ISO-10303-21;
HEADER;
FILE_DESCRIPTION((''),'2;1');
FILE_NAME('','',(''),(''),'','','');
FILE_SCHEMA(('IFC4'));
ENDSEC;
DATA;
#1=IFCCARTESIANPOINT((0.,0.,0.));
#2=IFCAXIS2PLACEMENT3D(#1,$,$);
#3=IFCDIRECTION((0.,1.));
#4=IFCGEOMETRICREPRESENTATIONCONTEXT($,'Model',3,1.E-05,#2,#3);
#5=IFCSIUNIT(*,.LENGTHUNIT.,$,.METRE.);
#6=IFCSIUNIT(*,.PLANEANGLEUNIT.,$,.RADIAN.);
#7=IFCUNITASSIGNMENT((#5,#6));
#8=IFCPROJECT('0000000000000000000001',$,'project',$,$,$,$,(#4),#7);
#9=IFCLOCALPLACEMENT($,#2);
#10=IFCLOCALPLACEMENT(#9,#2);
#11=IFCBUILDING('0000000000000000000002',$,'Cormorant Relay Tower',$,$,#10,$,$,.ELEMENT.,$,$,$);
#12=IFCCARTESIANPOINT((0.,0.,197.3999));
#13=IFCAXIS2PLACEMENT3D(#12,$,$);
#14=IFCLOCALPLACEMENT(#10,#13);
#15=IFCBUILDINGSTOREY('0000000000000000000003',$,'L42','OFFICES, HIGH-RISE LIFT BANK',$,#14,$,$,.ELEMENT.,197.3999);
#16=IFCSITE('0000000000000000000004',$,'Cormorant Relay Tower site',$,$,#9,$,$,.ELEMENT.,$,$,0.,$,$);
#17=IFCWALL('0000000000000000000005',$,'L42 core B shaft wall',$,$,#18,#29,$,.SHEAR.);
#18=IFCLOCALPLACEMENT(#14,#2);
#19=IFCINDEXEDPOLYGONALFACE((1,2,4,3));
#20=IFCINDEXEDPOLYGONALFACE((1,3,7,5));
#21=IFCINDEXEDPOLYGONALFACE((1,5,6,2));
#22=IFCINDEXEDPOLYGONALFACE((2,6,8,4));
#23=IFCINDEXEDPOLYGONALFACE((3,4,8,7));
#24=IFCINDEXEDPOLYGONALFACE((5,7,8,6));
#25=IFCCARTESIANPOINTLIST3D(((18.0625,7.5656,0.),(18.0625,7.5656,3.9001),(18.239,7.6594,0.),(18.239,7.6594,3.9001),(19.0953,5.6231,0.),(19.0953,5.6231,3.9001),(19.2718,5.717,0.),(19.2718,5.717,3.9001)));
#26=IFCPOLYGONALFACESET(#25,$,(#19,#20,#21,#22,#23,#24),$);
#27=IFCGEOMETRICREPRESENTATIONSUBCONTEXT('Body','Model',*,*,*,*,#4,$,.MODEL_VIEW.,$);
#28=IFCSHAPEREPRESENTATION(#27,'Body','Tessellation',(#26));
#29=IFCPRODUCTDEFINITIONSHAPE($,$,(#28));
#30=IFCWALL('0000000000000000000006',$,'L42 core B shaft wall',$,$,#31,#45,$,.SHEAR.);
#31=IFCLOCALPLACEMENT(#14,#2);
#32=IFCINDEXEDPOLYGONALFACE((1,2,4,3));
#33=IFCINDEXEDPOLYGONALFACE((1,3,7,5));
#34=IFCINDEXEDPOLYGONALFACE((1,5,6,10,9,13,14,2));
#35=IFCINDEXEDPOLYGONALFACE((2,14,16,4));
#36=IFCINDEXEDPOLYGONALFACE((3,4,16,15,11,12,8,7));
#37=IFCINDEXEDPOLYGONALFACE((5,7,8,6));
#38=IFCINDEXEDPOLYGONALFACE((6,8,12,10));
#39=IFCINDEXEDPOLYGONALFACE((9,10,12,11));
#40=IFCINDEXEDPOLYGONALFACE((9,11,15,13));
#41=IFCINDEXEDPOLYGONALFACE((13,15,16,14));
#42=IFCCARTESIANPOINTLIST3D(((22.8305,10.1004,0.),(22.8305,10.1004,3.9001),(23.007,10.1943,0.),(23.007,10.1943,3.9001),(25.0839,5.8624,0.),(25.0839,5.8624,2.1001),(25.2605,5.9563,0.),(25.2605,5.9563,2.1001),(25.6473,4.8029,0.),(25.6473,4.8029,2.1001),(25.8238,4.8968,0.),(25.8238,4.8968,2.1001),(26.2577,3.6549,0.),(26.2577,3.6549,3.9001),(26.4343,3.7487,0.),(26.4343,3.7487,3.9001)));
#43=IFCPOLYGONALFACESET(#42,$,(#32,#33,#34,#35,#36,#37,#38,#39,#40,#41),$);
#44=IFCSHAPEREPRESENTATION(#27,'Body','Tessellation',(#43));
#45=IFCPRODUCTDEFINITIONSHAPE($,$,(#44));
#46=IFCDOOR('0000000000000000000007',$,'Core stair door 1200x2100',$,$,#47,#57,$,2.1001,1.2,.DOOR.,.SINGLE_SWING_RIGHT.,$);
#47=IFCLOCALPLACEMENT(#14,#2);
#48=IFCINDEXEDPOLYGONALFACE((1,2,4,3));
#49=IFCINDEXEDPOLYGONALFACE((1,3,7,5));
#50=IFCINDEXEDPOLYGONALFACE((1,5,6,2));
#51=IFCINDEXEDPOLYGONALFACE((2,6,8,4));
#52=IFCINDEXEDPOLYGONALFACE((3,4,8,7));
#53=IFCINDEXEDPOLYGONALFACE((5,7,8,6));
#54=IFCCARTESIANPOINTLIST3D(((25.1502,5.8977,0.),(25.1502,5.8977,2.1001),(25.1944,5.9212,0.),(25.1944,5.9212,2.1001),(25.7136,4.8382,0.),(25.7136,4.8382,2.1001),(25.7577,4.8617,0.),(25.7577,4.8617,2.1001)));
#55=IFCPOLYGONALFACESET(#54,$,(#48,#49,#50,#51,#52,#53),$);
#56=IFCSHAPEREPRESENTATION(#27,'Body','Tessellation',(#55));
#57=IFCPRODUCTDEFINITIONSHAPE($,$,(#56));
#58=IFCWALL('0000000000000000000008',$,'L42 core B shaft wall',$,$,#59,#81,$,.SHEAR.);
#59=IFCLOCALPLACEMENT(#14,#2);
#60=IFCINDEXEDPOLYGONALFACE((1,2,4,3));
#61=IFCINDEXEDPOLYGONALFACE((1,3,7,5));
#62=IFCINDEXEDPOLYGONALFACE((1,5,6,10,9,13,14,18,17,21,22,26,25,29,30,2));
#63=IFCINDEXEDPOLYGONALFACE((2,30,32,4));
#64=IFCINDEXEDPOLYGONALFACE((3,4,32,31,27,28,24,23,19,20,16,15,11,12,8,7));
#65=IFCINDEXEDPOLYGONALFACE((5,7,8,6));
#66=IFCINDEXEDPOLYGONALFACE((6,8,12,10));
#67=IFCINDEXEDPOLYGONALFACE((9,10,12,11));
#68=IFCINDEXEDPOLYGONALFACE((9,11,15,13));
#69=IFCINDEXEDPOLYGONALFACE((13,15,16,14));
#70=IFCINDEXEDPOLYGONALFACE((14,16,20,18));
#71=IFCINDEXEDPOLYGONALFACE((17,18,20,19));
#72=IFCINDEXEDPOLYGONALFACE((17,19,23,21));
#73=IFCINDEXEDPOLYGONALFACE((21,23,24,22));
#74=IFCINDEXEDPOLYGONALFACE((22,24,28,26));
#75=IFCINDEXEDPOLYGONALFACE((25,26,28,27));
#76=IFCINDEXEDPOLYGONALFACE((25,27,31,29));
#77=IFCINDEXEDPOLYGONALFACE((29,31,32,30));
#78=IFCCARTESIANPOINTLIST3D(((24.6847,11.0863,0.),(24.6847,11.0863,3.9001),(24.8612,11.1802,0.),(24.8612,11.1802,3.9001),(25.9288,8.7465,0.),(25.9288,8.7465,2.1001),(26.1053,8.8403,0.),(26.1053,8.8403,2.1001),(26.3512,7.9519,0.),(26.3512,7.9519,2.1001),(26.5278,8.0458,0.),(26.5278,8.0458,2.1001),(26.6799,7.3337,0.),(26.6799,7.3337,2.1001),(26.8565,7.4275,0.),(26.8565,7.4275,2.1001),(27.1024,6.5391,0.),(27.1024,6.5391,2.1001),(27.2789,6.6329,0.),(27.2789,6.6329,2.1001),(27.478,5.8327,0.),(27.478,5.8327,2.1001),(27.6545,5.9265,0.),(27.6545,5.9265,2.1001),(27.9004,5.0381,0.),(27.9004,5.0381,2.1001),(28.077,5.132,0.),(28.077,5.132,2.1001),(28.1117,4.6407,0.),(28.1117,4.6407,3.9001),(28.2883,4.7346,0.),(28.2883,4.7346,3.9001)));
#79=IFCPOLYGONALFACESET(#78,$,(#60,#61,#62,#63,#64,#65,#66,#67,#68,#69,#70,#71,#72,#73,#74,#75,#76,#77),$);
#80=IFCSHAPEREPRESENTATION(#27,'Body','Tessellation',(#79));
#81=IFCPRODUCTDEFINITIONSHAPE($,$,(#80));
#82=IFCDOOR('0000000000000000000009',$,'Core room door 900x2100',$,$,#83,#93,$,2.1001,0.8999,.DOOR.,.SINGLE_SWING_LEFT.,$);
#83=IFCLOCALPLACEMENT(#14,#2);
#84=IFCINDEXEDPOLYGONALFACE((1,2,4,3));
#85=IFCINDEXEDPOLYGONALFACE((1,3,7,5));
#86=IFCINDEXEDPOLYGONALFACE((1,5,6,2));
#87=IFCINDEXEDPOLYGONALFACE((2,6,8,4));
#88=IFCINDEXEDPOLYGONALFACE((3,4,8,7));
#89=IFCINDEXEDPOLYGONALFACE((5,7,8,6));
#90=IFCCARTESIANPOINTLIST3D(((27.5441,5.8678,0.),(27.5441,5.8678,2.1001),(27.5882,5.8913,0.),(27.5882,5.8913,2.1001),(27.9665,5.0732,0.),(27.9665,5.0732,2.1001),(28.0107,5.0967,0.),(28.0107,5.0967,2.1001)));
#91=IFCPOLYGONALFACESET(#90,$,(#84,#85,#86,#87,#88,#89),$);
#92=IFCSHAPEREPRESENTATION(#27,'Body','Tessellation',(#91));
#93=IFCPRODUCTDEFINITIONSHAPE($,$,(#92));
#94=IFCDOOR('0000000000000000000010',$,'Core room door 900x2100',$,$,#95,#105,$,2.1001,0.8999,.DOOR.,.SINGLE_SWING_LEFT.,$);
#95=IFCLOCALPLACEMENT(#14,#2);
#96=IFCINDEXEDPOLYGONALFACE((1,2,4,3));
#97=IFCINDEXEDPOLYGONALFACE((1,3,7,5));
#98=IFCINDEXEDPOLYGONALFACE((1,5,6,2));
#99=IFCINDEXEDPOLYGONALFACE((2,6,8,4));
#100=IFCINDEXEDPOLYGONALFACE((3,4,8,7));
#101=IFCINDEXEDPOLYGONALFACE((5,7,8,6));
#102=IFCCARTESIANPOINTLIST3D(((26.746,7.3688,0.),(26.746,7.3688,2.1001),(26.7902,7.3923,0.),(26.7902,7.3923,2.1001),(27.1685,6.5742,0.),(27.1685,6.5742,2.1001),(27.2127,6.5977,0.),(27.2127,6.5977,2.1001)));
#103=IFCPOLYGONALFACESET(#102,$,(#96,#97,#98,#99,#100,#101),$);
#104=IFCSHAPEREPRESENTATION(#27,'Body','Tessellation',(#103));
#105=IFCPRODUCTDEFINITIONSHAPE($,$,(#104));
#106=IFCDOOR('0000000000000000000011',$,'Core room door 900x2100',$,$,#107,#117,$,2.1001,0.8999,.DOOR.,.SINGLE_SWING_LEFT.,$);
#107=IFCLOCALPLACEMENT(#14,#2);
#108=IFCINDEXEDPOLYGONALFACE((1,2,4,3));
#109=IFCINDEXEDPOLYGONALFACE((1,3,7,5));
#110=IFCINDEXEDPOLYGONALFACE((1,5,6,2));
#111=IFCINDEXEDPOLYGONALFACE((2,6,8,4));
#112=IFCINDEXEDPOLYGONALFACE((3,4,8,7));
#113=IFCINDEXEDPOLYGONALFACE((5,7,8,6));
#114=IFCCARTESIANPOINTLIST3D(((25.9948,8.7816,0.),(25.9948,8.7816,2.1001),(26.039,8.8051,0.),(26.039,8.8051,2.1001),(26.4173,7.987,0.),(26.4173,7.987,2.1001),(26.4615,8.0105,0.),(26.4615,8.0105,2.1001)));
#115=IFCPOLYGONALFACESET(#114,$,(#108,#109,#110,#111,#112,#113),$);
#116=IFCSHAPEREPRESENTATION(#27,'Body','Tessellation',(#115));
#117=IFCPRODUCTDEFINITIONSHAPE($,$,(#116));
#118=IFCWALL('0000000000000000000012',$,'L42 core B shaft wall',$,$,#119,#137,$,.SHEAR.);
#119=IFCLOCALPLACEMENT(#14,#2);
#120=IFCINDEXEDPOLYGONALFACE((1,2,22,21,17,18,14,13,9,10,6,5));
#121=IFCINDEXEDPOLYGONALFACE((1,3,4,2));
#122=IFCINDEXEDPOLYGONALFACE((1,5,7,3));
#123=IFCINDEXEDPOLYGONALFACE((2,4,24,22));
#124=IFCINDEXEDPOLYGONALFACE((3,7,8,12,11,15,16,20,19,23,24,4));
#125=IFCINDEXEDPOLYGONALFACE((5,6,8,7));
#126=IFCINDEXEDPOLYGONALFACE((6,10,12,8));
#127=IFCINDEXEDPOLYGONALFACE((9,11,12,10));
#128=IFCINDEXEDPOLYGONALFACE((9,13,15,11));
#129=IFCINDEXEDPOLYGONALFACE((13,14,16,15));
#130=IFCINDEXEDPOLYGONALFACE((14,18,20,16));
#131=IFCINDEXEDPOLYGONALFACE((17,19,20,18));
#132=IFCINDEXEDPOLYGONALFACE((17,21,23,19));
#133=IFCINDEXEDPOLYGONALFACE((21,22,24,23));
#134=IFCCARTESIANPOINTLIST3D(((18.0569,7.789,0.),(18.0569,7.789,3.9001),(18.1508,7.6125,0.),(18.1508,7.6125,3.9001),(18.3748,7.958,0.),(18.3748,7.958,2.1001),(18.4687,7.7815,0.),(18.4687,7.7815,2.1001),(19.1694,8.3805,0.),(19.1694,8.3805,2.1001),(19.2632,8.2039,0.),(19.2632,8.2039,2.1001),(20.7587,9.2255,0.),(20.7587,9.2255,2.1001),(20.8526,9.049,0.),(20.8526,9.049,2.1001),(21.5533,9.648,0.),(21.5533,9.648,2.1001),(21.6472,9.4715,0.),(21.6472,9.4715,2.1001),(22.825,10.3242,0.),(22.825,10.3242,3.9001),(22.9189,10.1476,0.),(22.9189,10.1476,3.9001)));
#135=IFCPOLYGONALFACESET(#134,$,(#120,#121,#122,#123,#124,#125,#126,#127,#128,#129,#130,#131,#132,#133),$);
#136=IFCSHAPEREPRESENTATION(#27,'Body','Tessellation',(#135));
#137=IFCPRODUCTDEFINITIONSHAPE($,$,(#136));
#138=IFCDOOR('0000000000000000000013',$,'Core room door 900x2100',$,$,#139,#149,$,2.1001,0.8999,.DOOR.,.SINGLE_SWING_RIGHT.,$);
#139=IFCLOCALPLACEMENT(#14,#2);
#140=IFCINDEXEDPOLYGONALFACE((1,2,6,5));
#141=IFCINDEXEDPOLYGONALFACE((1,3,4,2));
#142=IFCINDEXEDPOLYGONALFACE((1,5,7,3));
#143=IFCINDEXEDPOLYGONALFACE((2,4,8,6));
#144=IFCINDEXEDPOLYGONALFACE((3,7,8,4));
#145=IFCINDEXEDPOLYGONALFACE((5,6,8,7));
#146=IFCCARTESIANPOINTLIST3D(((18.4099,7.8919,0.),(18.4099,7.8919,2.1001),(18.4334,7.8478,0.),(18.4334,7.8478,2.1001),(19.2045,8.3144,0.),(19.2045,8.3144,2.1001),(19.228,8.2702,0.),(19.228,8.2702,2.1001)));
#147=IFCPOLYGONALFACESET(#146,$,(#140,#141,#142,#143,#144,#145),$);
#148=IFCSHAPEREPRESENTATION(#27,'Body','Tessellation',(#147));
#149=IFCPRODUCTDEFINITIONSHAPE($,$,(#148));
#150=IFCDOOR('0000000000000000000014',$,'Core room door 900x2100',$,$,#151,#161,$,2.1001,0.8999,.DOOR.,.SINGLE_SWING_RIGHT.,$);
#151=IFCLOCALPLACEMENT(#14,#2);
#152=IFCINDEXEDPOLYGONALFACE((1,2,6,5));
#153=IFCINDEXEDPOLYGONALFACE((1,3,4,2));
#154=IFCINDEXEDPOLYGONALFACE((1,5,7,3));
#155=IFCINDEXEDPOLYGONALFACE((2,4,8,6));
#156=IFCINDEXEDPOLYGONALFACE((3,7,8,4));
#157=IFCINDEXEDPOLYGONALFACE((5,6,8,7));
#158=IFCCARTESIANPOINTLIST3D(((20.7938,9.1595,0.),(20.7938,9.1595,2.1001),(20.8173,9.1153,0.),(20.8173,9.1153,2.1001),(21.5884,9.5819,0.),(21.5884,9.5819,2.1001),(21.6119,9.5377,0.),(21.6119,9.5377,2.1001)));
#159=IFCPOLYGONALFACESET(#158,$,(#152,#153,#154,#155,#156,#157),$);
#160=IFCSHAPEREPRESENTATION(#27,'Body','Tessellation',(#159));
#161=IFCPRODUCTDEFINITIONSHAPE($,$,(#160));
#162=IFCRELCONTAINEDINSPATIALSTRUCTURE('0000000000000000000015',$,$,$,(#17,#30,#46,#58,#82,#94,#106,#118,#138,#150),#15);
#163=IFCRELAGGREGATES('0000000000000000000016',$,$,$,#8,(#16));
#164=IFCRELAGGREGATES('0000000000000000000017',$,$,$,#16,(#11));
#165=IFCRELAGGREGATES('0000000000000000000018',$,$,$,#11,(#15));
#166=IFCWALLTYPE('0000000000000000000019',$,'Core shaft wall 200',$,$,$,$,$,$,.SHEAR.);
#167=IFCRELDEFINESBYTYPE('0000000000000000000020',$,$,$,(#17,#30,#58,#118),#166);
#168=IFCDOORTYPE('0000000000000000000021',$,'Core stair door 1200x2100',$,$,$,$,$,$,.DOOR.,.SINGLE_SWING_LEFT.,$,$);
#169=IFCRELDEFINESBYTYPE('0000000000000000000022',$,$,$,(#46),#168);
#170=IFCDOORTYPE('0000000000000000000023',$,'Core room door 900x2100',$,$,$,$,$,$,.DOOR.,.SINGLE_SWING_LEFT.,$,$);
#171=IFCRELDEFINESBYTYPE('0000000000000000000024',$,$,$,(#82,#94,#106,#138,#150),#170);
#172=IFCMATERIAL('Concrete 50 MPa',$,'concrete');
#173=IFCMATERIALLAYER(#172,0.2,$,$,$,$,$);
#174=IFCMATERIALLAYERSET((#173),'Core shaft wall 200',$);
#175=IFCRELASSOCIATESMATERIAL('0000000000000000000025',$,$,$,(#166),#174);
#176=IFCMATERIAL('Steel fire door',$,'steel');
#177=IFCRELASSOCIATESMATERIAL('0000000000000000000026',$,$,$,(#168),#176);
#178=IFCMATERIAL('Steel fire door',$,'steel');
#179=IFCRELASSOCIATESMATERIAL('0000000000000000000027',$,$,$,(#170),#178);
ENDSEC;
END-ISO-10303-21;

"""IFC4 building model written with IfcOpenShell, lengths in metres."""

from ifc_helpers import new_model, si_unit, direction, frame, frame_2d, origin, place, context, subcontext, project, spatial, rectangle, extrude, material, layer, layer_set, type_object, element, fill, save


model = new_model("IFC4")

# Units and contexts
model_context = context("Model", 3, precision=1e-05, world=origin(), true_north=direction((0.0, 1.0)))
body_context = subcontext(model_context, "Body", "Model", "MODEL_VIEW")
ifc_project = project(units=[si_unit("LENGTHUNIT", "METRE"), si_unit("PLANEANGLEUNIT", "RADIAN")], contexts=[model_context])

# Site, building, storey
site_placement = place(None, origin())
site = spatial("IfcSite", under=ifc_project, at=site_placement, Name="Cormorant Relay Tower site", CompositionType="ELEMENT", RefElevation=0.0)
building_placement = place(site_placement, origin())
building = spatial("IfcBuilding", under=site, at=building_placement, Name="Cormorant Relay Tower", CompositionType="ELEMENT")
storey_placement = place(building_placement, frame((0.0, 0.0, 197.3999)))
storey = spatial("IfcBuildingStorey", under=building, at=storey_placement, Name="L42", Description="OFFICES, HIGH-RISE LIFT BANK", CompositionType="ELEMENT", Elevation=197.3999)

# Wall
ifc_material_1 = material(Name="Concrete 50 MPa", Category="concrete")
ifc_layer_1 = layer(ifc_material_1, 0.2)
ifc_layer_set_1 = layer_set([ifc_layer_1], Name="Core shaft wall 200")
wall_type_1 = type_object("IfcWallType", Name="Core shaft wall 200", PredefinedType="SHEAR", material=ifc_layer_set_1)
wall_1_placement = place(storey_placement, frame((19.1836, 5.6699, 0.0), z_axis=(0.0, 0.0, 1.0), x_axis=(-0.469447, 0.88296, 0.0)))
element("IfcWall", 1, at=wall_1_placement, inside=storey, type_object=wall_type_1, Name="L42 core B shaft wall", PredefinedType="SHEAR", context=body_context, shape_type="SweptSolid", body=[
    extrude(rectangle(XDim=2.2, YDim=0.2, at=frame_2d((1.1001, 0.0))), origin(), (0.0, 0.0, 1.0), 3.9001),
])

# Wall, opening, door
wall_2_placement = place(storey_placement, frame((26.3459, 3.7019, 0.0), z_axis=(0.0, 0.0, 1.0), x_axis=(-0.46948, 0.882943, 0.0)))
wall_2 = element("IfcWall", 2, at=wall_2_placement, inside=storey, type_object=wall_type_1, Name="L42 core B shaft wall", PredefinedType="SHEAR", context=body_context, shape_type="SweptSolid", body=[
    extrude(rectangle(XDim=7.3, YDim=0.2, at=frame_2d((3.6499, 0.0))), origin(), (0.0, 0.0, 1.0), 3.9001),
])
opening_1_placement = place(wall_2_placement, frame((1.3, 0.0, 0.0)))
opening_1 = element("IfcOpeningElement", 3, at=opening_1_placement, cuts=wall_2, PredefinedType="OPENING", context=body_context, shape_type="SweptSolid", body=[
    extrude(rectangle(XDim=1.2, YDim=2.1001, at=frame_2d((0.6001, 1.05))), frame((0.0, 0.1099, 0.0), z_axis=(0.0, -1.0, 0.0), x_axis=(1.0, 0.0, 0.0)), (0.0, 0.0, 1.0), 0.22),
])
ifc_material_2 = material(Name="Steel fire door", Category="steel")
door_type_1 = type_object("IfcDoorType", Name="Core stair door 1200x2100", OperationType="SINGLE_SWING_LEFT", PredefinedType="DOOR", material=ifc_material_2)
door_1_placement = place(opening_1_placement, origin())
door_1 = element("IfcDoor", 4, at=door_1_placement, inside=storey, type_object=door_type_1, Name="Core stair door 1200x2100", OperationType="SINGLE_SWING_RIGHT", OverallHeight=2.1001, OverallWidth=1.2, PredefinedType="DOOR", context=body_context, shape_type="SweptSolid", body=[
    extrude(rectangle(XDim=1.2, YDim=2.1001, at=frame_2d((0.6001, 1.05))), frame((0.0, 0.0249, 0.0), z_axis=(0.0, -1.0, 0.0), x_axis=(1.0, 0.0, 0.0)), (0.0, 0.0, 1.0), 0.05),
])
fill(opening_1, door_1)

# Walls, openings, doors
wall_3_placement = place(storey_placement, frame((28.2, 4.6877, 0.0), z_axis=(0.0, 0.0, 1.0), x_axis=(-0.469454, 0.882957, 0.0)))
wall_3 = element("IfcWall", 5, at=wall_3_placement, inside=storey, type_object=wall_type_1, Name="L42 core B shaft wall", PredefinedType="SHEAR", context=body_context, shape_type="SweptSolid", body=[
    extrude(rectangle(XDim=7.3, YDim=0.2, at=frame_2d((3.6499, 0.0))), origin(), (0.0, 0.0, 1.0), 3.9001),
])
opening_2_placement = place(wall_3_placement, frame((0.45, 0.0, 0.0)))
opening_2 = element("IfcOpeningElement", 6, at=opening_2_placement, cuts=wall_3, PredefinedType="OPENING", context=body_context, shape_type="SweptSolid", body=[
    extrude(rectangle(XDim=0.8999, YDim=2.1001, at=frame_2d((0.45, 1.05))), frame((0.0, 0.1099, 0.0), z_axis=(0.0, -1.0, 0.0), x_axis=(1.0, 0.0, 0.0)), (0.0, 0.0, 1.0), 0.22),
])
opening_3_placement = place(wall_3_placement, frame((2.1499, 0.0, 0.0)))
opening_3 = element("IfcOpeningElement", 7, at=opening_3_placement, cuts=wall_3, PredefinedType="OPENING", context=body_context, shape_type="SweptSolid", body=[
    extrude(rectangle(XDim=0.8999, YDim=2.1001, at=frame_2d((0.45, 1.05))), frame((0.0, 0.1099, 0.0), z_axis=(0.0, -1.0, 0.0), x_axis=(1.0, 0.0, 0.0)), (0.0, 0.0, 1.0), 0.22),
])
opening_4_placement = place(wall_3_placement, frame((3.75, 0.0, 0.0)))
opening_4 = element("IfcOpeningElement", 8, at=opening_4_placement, cuts=wall_3, PredefinedType="OPENING", context=body_context, shape_type="SweptSolid", body=[
    extrude(rectangle(XDim=0.8999, YDim=2.1001, at=frame_2d((0.45, 1.05))), frame((0.0, 0.1099, 0.0), z_axis=(0.0, -1.0, 0.0), x_axis=(1.0, 0.0, 0.0)), (0.0, 0.0, 1.0), 0.22),
])
ifc_material_3 = material(Name="Steel fire door", Category="steel")
door_type_2 = type_object("IfcDoorType", Name="Core room door 900x2100", OperationType="SINGLE_SWING_LEFT", PredefinedType="DOOR", material=ifc_material_3)
door_2_placement = place(opening_2_placement, frame((0.8999, 0.0, 0.0), z_axis=(0.0, 0.0, 1.0), x_axis=(-1.0, 0.0, 0.0)))
door_2 = element("IfcDoor", 9, at=door_2_placement, inside=storey, type_object=door_type_2, Name="Core room door 900x2100", OperationType="SINGLE_SWING_LEFT", OverallHeight=2.1001, OverallWidth=0.8999, PredefinedType="DOOR", context=body_context, shape_type="SweptSolid", body=[
    extrude(rectangle(XDim=0.8999, YDim=2.1001, at=frame_2d((0.45, 1.05))), frame((0.0, 0.0249, 0.0), z_axis=(0.0, -1.0, 0.0), x_axis=(1.0, 0.0, 0.0)), (0.0, 0.0, 1.0), 0.05),
])
fill(opening_2, door_2)
door_3_placement = place(opening_3_placement, frame((0.8999, 0.0, 0.0), z_axis=(0.0, 0.0, 1.0), x_axis=(-1.0, 0.0, 0.0)))
door_3 = element("IfcDoor", 10, at=door_3_placement, inside=storey, type_object=door_type_2, Name="Core room door 900x2100", OperationType="SINGLE_SWING_LEFT", OverallHeight=2.1001, OverallWidth=0.8999, PredefinedType="DOOR", context=body_context, shape_type="SweptSolid", body=[
    extrude(rectangle(XDim=0.8999, YDim=2.1001, at=frame_2d((0.45, 1.05))), frame((0.0, 0.0249, 0.0), z_axis=(0.0, -1.0, 0.0), x_axis=(1.0, 0.0, 0.0)), (0.0, 0.0, 1.0), 0.05),
])
fill(opening_3, door_3)
door_4_placement = place(opening_4_placement, frame((0.8999, 0.0, 0.0), z_axis=(0.0, 0.0, 1.0), x_axis=(-1.0, 0.0, 0.0)))
door_4 = element("IfcDoor", 11, at=door_4_placement, inside=storey, type_object=door_type_2, Name="Core room door 900x2100", OperationType="SINGLE_SWING_LEFT", OverallHeight=2.1001, OverallWidth=0.8999, PredefinedType="DOOR", context=body_context, shape_type="SweptSolid", body=[
    extrude(rectangle(XDim=0.8999, YDim=2.1001, at=frame_2d((0.45, 1.05))), frame((0.0, 0.0249, 0.0), z_axis=(0.0, -1.0, 0.0), x_axis=(1.0, 0.0, 0.0)), (0.0, 0.0, 1.0), 0.05),
])
fill(opening_4, door_4)
wall_4_placement = place(storey_placement, frame((18.1038, 7.7007, 0.0), z_axis=(0.0, 0.0, 1.0), x_axis=(0.882953, 0.469462, 0.0)))
wall_4 = element("IfcWall", 12, at=wall_4_placement, inside=storey, type_object=wall_type_1, Name="L42 core B shaft wall", PredefinedType="SHEAR", context=body_context, shape_type="SweptSolid", body=[
    extrude(rectangle(XDim=5.4001, YDim=0.2, at=frame_2d((2.7002, 0.0))), origin(), (0.0, 0.0, 1.0), 3.9001),
])
opening_5_placement = place(wall_4_placement, frame((0.3601, 0.0, 0.0)))
opening_5 = element("IfcOpeningElement", 13, at=opening_5_placement, cuts=wall_4, PredefinedType="OPENING", context=body_context, shape_type="SweptSolid", body=[
    extrude(rectangle(XDim=0.8999, YDim=2.1001, at=frame_2d((0.45, 1.05))), frame((0.0, 0.1099, 0.0), z_axis=(0.0, -1.0, 0.0), x_axis=(1.0, 0.0, 0.0)), (0.0, 0.0, 1.0), 0.22),
])
opening_6_placement = place(wall_4_placement, frame((3.0601, 0.0, 0.0)))
opening_6 = element("IfcOpeningElement", 14, at=opening_6_placement, cuts=wall_4, PredefinedType="OPENING", context=body_context, shape_type="SweptSolid", body=[
    extrude(rectangle(XDim=0.8999, YDim=2.1001, at=frame_2d((0.45, 1.05))), frame((0.0, 0.1099, 0.0), z_axis=(0.0, -1.0, 0.0), x_axis=(1.0, 0.0, 0.0)), (0.0, 0.0, 1.0), 0.22),
])
door_5_placement = place(opening_5_placement, frame((0.8999, 0.0, 0.0), z_axis=(0.0, 0.0, 1.0), x_axis=(-1.0, 0.0, 0.0)))
door_5 = element("IfcDoor", 15, at=door_5_placement, inside=storey, type_object=door_type_2, Name="Core room door 900x2100", OperationType="SINGLE_SWING_RIGHT", OverallHeight=2.1001, OverallWidth=0.8999, PredefinedType="DOOR", context=body_context, shape_type="SweptSolid", body=[
    extrude(rectangle(XDim=0.8999, YDim=2.1001, at=frame_2d((0.45, 1.05))), frame((0.0, 0.0249, 0.0), z_axis=(0.0, -1.0, 0.0), x_axis=(1.0, 0.0, 0.0)), (0.0, 0.0, 1.0), 0.05),
])
fill(opening_5, door_5)
door_6_placement = place(opening_6_placement, frame((0.8999, 0.0, 0.0), z_axis=(0.0, 0.0, 1.0), x_axis=(-1.0, 0.0, 0.0)))
door_6 = element("IfcDoor", 16, at=door_6_placement, inside=storey, type_object=door_type_2, Name="Core room door 900x2100", OperationType="SINGLE_SWING_RIGHT", OverallHeight=2.1001, OverallWidth=0.8999, PredefinedType="DOOR", context=body_context, shape_type="SweptSolid", body=[
    extrude(rectangle(XDim=0.8999, YDim=2.1001, at=frame_2d((0.45, 1.05))), frame((0.0, 0.0249, 0.0), z_axis=(0.0, -1.0, 0.0), x_axis=(1.0, 0.0, 0.0)), (0.0, 0.0, 1.0), 0.05),
])
fill(opening_6, door_6)

save(model, "model.ifc")
